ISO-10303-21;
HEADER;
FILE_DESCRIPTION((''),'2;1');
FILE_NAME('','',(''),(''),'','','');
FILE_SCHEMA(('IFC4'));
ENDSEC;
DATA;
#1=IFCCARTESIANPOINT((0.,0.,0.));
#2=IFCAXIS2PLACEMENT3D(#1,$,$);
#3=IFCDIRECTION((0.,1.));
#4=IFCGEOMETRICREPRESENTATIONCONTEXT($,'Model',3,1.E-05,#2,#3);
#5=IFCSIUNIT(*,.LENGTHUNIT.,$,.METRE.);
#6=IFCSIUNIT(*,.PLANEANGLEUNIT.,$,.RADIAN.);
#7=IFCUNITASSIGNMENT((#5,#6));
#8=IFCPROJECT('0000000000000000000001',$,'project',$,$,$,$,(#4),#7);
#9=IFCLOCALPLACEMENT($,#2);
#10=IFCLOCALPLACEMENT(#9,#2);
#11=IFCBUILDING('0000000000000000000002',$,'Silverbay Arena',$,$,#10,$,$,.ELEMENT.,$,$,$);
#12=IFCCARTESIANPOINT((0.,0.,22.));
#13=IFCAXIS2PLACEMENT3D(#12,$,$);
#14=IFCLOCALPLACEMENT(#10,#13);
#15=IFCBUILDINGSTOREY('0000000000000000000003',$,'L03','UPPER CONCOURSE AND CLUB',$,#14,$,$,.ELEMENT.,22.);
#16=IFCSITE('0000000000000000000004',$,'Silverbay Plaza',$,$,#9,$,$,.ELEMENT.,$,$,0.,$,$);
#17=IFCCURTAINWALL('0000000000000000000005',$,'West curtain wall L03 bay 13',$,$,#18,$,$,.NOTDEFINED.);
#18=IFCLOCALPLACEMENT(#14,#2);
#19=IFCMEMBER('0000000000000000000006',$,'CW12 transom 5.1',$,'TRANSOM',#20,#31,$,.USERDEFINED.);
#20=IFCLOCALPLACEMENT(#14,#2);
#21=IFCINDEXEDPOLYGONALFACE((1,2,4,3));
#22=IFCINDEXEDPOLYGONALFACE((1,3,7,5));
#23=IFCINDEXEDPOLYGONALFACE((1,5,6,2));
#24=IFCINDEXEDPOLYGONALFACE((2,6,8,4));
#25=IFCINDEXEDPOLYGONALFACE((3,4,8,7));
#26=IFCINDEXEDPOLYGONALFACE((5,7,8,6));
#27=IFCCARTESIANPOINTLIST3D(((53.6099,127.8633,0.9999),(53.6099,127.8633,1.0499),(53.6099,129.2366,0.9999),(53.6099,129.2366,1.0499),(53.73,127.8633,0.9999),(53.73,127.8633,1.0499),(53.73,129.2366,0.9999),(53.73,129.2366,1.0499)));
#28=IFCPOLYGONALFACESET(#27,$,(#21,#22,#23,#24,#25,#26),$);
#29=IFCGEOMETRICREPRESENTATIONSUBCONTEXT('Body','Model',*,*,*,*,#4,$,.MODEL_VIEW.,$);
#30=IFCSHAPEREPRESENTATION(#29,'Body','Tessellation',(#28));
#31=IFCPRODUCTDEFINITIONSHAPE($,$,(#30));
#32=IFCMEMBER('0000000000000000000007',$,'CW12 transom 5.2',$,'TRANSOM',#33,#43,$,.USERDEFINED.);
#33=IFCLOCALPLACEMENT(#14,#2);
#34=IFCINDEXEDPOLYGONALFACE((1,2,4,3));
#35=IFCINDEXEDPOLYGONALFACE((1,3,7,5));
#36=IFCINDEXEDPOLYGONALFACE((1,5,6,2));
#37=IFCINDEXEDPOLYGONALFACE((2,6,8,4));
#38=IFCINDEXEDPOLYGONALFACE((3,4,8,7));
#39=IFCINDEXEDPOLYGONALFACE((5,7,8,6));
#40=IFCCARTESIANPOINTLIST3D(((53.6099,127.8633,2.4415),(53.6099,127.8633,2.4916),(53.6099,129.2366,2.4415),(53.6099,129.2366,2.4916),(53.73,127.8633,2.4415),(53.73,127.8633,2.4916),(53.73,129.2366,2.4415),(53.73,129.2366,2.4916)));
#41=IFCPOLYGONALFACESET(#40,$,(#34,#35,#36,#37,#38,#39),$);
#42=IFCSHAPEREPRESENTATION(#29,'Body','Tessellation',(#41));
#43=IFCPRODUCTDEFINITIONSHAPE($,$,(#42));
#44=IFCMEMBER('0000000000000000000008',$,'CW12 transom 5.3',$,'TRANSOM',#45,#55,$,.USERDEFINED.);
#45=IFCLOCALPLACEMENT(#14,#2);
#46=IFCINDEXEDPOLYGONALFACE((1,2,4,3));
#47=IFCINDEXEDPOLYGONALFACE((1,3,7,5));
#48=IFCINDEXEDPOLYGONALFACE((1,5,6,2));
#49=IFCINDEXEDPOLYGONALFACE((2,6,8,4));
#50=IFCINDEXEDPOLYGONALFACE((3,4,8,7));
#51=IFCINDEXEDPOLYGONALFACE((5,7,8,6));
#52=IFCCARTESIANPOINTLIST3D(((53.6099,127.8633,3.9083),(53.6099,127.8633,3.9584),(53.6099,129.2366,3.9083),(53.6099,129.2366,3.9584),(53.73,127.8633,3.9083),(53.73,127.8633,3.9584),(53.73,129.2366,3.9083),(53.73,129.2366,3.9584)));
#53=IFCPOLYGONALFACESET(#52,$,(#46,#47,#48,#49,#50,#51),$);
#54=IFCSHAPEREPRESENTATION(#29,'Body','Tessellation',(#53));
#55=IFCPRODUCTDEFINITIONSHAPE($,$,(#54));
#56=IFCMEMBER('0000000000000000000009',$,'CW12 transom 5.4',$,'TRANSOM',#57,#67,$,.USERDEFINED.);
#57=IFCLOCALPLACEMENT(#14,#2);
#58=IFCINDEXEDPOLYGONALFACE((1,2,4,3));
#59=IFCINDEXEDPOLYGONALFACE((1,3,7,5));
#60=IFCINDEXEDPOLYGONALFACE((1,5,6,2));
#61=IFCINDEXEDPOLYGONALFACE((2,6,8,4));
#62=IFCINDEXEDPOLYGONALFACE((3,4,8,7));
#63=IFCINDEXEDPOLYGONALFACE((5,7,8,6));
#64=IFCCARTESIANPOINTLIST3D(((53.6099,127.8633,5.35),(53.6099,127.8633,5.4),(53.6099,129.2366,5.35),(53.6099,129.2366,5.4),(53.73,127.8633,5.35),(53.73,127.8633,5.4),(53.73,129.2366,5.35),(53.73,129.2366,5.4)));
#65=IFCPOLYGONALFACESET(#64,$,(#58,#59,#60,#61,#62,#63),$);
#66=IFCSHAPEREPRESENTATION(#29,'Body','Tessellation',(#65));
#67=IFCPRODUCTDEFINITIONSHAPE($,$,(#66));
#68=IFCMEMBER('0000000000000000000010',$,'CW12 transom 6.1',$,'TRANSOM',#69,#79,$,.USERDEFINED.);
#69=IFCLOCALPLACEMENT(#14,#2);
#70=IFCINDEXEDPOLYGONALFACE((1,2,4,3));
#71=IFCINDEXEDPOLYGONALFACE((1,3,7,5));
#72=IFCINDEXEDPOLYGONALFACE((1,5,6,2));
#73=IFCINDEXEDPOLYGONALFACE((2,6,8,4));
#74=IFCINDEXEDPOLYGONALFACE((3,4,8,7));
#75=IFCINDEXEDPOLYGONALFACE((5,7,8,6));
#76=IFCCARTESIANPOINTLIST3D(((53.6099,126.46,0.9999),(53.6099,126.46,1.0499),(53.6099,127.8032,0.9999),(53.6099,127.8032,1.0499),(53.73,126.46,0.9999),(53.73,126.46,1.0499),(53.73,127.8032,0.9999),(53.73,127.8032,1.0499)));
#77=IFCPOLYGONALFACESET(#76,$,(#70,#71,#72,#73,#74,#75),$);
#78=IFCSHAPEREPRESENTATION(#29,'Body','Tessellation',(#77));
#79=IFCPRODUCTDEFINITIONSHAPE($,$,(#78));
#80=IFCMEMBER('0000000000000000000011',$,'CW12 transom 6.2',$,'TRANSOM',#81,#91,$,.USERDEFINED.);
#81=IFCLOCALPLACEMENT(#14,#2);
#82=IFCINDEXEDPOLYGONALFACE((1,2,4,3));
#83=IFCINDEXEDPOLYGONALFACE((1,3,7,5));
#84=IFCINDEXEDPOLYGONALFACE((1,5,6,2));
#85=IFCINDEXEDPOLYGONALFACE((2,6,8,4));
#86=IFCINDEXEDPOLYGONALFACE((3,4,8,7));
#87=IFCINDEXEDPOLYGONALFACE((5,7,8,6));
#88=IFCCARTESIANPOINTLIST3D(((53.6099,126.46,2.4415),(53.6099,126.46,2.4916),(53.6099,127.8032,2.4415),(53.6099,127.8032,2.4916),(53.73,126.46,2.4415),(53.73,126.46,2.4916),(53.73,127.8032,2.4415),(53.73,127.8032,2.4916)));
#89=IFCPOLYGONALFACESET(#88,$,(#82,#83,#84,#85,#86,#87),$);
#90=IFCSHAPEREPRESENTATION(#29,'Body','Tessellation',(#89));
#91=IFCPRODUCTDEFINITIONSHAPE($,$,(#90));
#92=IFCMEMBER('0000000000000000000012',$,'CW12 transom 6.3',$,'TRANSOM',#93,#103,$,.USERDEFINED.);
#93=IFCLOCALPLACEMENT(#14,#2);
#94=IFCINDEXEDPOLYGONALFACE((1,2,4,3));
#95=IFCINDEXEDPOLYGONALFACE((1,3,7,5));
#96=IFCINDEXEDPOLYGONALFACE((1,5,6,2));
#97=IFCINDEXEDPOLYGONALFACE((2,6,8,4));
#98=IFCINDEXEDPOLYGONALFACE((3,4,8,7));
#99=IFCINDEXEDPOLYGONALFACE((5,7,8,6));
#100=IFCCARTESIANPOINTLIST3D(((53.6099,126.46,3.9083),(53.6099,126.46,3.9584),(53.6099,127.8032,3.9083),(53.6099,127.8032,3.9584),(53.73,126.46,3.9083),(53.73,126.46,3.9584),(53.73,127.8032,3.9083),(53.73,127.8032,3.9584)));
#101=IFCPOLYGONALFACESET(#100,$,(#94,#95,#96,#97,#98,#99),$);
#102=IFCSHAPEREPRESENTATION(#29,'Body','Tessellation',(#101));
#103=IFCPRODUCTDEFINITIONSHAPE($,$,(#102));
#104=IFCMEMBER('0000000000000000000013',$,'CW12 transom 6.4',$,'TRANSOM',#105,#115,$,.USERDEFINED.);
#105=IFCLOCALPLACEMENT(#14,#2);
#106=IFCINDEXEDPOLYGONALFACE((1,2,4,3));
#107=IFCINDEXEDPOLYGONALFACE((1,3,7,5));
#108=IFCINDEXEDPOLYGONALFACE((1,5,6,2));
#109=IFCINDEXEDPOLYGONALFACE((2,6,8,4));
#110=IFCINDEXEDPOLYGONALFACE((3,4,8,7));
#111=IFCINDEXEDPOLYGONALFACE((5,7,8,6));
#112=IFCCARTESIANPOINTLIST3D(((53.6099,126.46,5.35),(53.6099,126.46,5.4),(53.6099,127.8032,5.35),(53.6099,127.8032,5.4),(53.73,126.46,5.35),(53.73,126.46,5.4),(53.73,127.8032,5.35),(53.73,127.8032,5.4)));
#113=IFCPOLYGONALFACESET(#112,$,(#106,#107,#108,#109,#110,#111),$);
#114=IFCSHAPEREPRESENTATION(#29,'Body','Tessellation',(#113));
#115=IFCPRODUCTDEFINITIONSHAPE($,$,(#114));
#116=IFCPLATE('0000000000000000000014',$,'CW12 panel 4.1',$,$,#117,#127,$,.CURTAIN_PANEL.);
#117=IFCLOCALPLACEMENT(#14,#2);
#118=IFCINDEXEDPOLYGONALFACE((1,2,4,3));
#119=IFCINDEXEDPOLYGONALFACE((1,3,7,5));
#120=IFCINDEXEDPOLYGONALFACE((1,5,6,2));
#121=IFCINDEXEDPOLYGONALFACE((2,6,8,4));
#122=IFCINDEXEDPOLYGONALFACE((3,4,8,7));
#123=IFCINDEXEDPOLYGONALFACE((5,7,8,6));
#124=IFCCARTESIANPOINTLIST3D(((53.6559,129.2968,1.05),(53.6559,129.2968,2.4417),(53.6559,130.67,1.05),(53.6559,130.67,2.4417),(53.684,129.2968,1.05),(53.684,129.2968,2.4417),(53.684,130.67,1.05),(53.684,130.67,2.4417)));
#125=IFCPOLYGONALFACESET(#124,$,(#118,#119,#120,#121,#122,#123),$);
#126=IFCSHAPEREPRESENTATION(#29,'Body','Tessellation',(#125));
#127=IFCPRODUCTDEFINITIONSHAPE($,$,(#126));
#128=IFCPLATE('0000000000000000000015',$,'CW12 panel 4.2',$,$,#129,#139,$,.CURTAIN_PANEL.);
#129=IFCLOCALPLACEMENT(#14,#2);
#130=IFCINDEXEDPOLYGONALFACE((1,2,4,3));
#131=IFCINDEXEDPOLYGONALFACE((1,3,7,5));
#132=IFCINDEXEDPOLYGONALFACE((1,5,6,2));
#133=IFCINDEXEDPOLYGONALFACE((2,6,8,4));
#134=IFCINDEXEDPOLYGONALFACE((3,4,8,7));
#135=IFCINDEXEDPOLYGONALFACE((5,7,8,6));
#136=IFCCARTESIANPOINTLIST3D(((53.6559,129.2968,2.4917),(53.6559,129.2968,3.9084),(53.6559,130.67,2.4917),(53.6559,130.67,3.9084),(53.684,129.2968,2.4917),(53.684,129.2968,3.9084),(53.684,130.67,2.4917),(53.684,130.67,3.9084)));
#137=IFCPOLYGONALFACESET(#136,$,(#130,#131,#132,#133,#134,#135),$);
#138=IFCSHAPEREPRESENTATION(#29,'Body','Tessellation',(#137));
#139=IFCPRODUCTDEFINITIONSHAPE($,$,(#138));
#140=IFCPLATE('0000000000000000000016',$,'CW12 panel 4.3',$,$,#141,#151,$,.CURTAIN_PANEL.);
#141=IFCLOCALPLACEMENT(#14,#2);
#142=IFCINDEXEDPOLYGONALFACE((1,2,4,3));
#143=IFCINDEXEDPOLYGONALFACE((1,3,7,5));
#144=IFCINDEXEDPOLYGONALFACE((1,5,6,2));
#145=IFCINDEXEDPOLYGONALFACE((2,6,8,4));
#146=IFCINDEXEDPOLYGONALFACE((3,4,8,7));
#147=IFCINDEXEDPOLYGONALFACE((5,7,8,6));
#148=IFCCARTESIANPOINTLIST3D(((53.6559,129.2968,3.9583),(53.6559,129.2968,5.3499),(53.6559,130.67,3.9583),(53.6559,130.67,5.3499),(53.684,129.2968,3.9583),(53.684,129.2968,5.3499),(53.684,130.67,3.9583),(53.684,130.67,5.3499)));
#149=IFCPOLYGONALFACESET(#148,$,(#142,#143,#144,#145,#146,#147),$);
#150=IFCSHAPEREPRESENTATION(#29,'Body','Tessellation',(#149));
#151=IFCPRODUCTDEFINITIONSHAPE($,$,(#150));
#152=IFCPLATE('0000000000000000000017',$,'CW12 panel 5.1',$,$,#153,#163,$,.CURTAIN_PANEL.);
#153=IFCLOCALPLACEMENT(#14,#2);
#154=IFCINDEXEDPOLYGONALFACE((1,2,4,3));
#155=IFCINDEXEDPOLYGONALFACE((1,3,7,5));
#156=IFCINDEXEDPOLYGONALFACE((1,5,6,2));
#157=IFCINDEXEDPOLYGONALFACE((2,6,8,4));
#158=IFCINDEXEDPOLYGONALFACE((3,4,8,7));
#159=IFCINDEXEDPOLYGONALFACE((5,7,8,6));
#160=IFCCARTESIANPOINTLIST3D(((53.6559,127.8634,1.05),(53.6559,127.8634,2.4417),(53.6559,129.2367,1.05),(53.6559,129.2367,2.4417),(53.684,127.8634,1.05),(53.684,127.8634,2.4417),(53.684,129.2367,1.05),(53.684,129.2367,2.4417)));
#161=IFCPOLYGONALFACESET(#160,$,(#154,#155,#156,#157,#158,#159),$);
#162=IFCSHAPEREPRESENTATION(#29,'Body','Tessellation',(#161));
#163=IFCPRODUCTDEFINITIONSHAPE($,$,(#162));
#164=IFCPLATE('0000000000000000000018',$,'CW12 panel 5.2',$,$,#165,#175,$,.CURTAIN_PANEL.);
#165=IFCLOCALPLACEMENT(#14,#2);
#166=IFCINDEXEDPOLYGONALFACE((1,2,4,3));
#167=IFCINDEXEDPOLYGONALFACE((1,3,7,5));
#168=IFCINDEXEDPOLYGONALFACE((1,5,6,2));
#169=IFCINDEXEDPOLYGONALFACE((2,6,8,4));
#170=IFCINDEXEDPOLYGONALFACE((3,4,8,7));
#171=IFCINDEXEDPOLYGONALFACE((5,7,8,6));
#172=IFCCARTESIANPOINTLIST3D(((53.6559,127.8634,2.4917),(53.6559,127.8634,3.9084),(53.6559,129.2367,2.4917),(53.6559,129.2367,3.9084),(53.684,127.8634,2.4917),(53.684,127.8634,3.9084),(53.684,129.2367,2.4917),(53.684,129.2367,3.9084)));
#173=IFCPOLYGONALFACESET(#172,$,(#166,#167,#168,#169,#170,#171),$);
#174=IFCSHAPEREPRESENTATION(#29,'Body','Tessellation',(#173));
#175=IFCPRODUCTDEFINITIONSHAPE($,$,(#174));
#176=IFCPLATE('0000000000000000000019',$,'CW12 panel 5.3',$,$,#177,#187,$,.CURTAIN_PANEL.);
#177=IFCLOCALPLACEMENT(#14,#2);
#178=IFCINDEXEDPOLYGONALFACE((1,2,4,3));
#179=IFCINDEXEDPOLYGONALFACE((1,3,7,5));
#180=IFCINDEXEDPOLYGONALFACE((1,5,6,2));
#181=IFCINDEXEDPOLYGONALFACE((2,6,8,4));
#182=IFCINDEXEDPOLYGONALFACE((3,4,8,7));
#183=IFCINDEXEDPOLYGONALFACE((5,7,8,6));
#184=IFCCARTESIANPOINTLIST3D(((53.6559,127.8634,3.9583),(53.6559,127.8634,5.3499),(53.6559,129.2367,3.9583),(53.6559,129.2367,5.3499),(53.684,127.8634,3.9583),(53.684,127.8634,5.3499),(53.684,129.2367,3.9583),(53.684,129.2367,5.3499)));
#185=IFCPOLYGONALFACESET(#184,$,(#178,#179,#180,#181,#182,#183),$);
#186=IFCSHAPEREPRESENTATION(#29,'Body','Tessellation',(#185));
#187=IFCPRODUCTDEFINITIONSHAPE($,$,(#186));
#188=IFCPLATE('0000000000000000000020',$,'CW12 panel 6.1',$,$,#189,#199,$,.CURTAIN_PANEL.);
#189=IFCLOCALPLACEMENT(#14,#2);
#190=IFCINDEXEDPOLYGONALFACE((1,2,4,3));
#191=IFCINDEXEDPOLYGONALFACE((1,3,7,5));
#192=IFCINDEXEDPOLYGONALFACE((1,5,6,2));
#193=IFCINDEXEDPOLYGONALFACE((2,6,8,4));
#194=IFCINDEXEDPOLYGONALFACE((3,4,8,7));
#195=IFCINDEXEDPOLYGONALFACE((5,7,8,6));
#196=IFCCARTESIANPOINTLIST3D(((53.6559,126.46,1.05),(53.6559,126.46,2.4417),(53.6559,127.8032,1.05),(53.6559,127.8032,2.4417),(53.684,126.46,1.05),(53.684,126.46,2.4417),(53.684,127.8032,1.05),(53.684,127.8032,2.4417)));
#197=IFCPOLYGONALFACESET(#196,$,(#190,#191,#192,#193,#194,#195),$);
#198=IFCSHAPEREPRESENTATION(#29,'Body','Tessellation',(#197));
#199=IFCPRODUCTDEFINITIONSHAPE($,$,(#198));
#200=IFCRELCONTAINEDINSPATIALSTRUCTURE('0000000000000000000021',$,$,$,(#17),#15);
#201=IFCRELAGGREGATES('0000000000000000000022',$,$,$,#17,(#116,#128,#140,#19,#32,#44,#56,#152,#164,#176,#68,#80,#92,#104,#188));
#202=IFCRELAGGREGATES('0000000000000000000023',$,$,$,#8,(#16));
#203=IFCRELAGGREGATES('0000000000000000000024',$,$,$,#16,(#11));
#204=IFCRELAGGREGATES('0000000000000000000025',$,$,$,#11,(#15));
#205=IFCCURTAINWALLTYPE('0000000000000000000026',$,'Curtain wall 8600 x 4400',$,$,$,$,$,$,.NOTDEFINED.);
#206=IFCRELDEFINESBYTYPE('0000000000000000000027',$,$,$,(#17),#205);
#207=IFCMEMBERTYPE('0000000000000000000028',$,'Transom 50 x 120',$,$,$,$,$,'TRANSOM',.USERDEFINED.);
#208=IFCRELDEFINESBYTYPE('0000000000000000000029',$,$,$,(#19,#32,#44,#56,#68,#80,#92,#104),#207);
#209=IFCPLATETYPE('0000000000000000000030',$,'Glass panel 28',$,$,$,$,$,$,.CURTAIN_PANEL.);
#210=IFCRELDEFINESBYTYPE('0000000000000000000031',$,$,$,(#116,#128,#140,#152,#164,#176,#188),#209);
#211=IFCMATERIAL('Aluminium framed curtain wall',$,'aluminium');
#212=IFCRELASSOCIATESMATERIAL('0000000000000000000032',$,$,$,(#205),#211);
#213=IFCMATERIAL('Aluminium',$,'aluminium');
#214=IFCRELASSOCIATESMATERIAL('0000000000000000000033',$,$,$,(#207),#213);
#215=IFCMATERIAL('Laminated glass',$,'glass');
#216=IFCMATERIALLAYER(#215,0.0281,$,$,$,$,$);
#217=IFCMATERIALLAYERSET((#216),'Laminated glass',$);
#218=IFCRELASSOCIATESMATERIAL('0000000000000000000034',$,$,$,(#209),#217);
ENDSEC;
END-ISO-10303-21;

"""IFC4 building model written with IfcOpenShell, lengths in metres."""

from ifc_helpers import new_model, si_unit, direction, frame, origin, origin_2d, place, context, subcontext, project, spatial, rectangle, extrude, material, layer, layer_set, material_profile, profile_set, type_object, element, aggregate, save


model = new_model("IFC4")

# Units and contexts
model_context = context("Model", 3, precision=1e-05, world=origin(), true_north=direction((0.0, 1.0)))
body_context = subcontext(model_context, "Body", "Model", "MODEL_VIEW")
ifc_project = project(units=[si_unit("LENGTHUNIT", "METRE"), si_unit("PLANEANGLEUNIT", "RADIAN")], contexts=[model_context])

# Site, building, storey
site_placement = place(None, origin())
site = spatial("IfcSite", under=ifc_project, at=site_placement, Name="Silverbay Plaza", CompositionType="ELEMENT", RefElevation=0.0)
building_placement = place(site_placement, origin())
building = spatial("IfcBuilding", under=site, at=building_placement, Name="Silverbay Arena", CompositionType="ELEMENT")
storey_placement = place(building_placement, frame((0.0, 0.0, 22.0)))
storey = spatial("IfcBuildingStorey", under=building, at=storey_placement, Name="L03", Description="UPPER CONCOURSE AND CLUB", CompositionType="ELEMENT", Elevation=22.0)

# Curtain wall
ifc_material_1 = material(Name="Aluminium framed curtain wall", Category="aluminium")
curtain_wall_type = type_object("IfcCurtainWallType", Name="Curtain wall 8600 x 4400", PredefinedType="NOTDEFINED", material=ifc_material_1)
curtain_wall_placement = place(storey_placement, origin())
curtain_wall = element("IfcCurtainWall", 1, at=curtain_wall_placement, inside=storey, type_object=curtain_wall_type, Name="West curtain wall L03 bay 13", PredefinedType="NOTDEFINED")

# Members
ifc_material_2 = material(Name="Aluminium", Category="aluminium")
ifc_material_profile_1 = material_profile(ifc_material_2, rectangle(XDim=0.1201, YDim=0.05, at=origin_2d()), Name="Transom 50 x 120")
ifc_profile_set_1 = profile_set([ifc_material_profile_1], Name="Aluminium")
member_type_1 = type_object("IfcMemberType", Name="Transom 50 x 120", ElementType="TRANSOM", PredefinedType="USERDEFINED", material=ifc_profile_set_1)
member_1_placement = place(storey_placement, frame((53.6699, 129.2366, 1.0249), z_axis=(0.0, -1.0, 0.0), x_axis=(1.0, 0.0, 0.0)))
member_1 = element("IfcMember", 2, at=member_1_placement, type_object=member_type_1, Name="CW12 transom 5.1", ObjectType="TRANSOM", PredefinedType="USERDEFINED", context=body_context, shape_type="SweptSolid", body=[
    extrude(rectangle(XDim=0.1201, YDim=0.05, at=origin_2d()), origin(), (0.0, 0.0, 1.0), 1.3733),
])
member_2_placement = place(storey_placement, frame((53.6699, 129.2366, 2.4666), z_axis=(0.0, -1.0, 0.0), x_axis=(1.0, 0.0, 0.0)))
member_2 = element("IfcMember", 3, at=member_2_placement, type_object=member_type_1, Name="CW12 transom 5.2", ObjectType="TRANSOM", PredefinedType="USERDEFINED", context=body_context, shape_type="SweptSolid", body=[
    extrude(rectangle(XDim=0.1201, YDim=0.05, at=origin_2d()), origin(), (0.0, 0.0, 1.0), 1.3733),
])
member_3_placement = place(storey_placement, frame((53.6699, 129.2366, 3.9333), z_axis=(0.0, -1.0, 0.0), x_axis=(1.0, 0.0, 0.0)))
member_3 = element("IfcMember", 4, at=member_3_placement, type_object=member_type_1, Name="CW12 transom 5.3", ObjectType="TRANSOM", PredefinedType="USERDEFINED", context=body_context, shape_type="SweptSolid", body=[
    extrude(rectangle(XDim=0.1201, YDim=0.05, at=origin_2d()), origin(), (0.0, 0.0, 1.0), 1.3733),
])
member_4_placement = place(storey_placement, frame((53.6699, 129.2366, 5.375), z_axis=(0.0, -1.0, 0.0), x_axis=(1.0, 0.0, 0.0)))
member_4 = element("IfcMember", 5, at=member_4_placement, type_object=member_type_1, Name="CW12 transom 5.4", ObjectType="TRANSOM", PredefinedType="USERDEFINED", context=body_context, shape_type="SweptSolid", body=[
    extrude(rectangle(XDim=0.1201, YDim=0.05, at=origin_2d()), origin(), (0.0, 0.0, 1.0), 1.3733),
])
member_5_placement = place(storey_placement, frame((53.6699, 127.8032, 1.0249), z_axis=(0.0, -1.0, 0.0), x_axis=(1.0, 0.0, 0.0)))
member_5 = element("IfcMember", 6, at=member_5_placement, type_object=member_type_1, Name="CW12 transom 6.1", ObjectType="TRANSOM", PredefinedType="USERDEFINED", context=body_context, shape_type="SweptSolid", body=[
    extrude(rectangle(XDim=0.1201, YDim=0.05, at=origin_2d()), origin(), (0.0, 0.0, 1.0), 1.3433),
])
member_6_placement = place(storey_placement, frame((53.6699, 127.8032, 2.4666), z_axis=(0.0, -1.0, 0.0), x_axis=(1.0, 0.0, 0.0)))
member_6 = element("IfcMember", 7, at=member_6_placement, type_object=member_type_1, Name="CW12 transom 6.2", ObjectType="TRANSOM", PredefinedType="USERDEFINED", context=body_context, shape_type="SweptSolid", body=[
    extrude(rectangle(XDim=0.1201, YDim=0.05, at=origin_2d()), origin(), (0.0, 0.0, 1.0), 1.3433),
])
member_7_placement = place(storey_placement, frame((53.6699, 127.8032, 3.9333), z_axis=(0.0, -1.0, 0.0), x_axis=(1.0, 0.0, 0.0)))
member_7 = element("IfcMember", 8, at=member_7_placement, type_object=member_type_1, Name="CW12 transom 6.3", ObjectType="TRANSOM", PredefinedType="USERDEFINED", context=body_context, shape_type="SweptSolid", body=[
    extrude(rectangle(XDim=0.1201, YDim=0.05, at=origin_2d()), origin(), (0.0, 0.0, 1.0), 1.3433),
])
member_8_placement = place(storey_placement, frame((53.6699, 127.8032, 5.375), z_axis=(0.0, -1.0, 0.0), x_axis=(1.0, 0.0, 0.0)))
member_8 = element("IfcMember", 9, at=member_8_placement, type_object=member_type_1, Name="CW12 transom 6.4", ObjectType="TRANSOM", PredefinedType="USERDEFINED", context=body_context, shape_type="SweptSolid", body=[
    extrude(rectangle(XDim=0.1201, YDim=0.05, at=origin_2d()), origin(), (0.0, 0.0, 1.0), 1.3433),
])

# Plates
ifc_material_3 = material(Name="Laminated glass", Category="glass")
ifc_layer_1 = layer(ifc_material_3, 0.0281)
ifc_layer_set_1 = layer_set([ifc_layer_1], Name="Laminated glass")
plate_type = type_object("IfcPlateType", Name="Glass panel 28", PredefinedType="CURTAIN_PANEL", material=ifc_layer_set_1)
plate_1_placement = place(storey_placement, frame((53.6699, 129.9834, 1.05), z_axis=(0.0, 0.0, 1.0), x_axis=(0.0, -1.0, 0.0)))
plate_1 = element("IfcPlate", 10, at=plate_1_placement, type_object=plate_type, Name="CW12 panel 4.1", PredefinedType="CURTAIN_PANEL", context=body_context, shape_type="SweptSolid", body=[
    extrude(rectangle(XDim=1.3733, YDim=0.0281, at=origin_2d()), origin(), (0.0, 0.0, 1.0), 1.3916),
])
plate_2_placement = place(storey_placement, frame((53.6699, 129.9834, 2.4917), z_axis=(0.0, 0.0, 1.0), x_axis=(0.0, -1.0, 0.0)))
plate_2 = element("IfcPlate", 11, at=plate_2_placement, type_object=plate_type, Name="CW12 panel 4.2", PredefinedType="CURTAIN_PANEL", context=body_context, shape_type="SweptSolid", body=[
    extrude(rectangle(XDim=1.3733, YDim=0.0281, at=origin_2d()), origin(), (0.0, 0.0, 1.0), 1.4167),
])
plate_3_placement = place(storey_placement, frame((53.6699, 129.9834, 3.9583), z_axis=(0.0, 0.0, 1.0), x_axis=(0.0, -1.0, 0.0)))
plate_3 = element("IfcPlate", 12, at=plate_3_placement, type_object=plate_type, Name="CW12 panel 4.3", PredefinedType="CURTAIN_PANEL", context=body_context, shape_type="SweptSolid", body=[
    extrude(rectangle(XDim=1.3733, YDim=0.0281, at=origin_2d()), origin(), (0.0, 0.0, 1.0), 1.3916),
])
plate_4_placement = place(storey_placement, frame((53.6699, 128.55, 1.05), z_axis=(0.0, 0.0, 1.0), x_axis=(0.0, -1.0, 0.0)))
plate_4 = element("IfcPlate", 13, at=plate_4_placement, type_object=plate_type, Name="CW12 panel 5.1", PredefinedType="CURTAIN_PANEL", context=body_context, shape_type="SweptSolid", body=[
    extrude(rectangle(XDim=1.3733, YDim=0.0281, at=origin_2d()), origin(), (0.0, 0.0, 1.0), 1.3916),
])
plate_5_placement = place(storey_placement, frame((53.6699, 128.55, 2.4917), z_axis=(0.0, 0.0, 1.0), x_axis=(0.0, -1.0, 0.0)))
plate_5 = element("IfcPlate", 14, at=plate_5_placement, type_object=plate_type, Name="CW12 panel 5.2", PredefinedType="CURTAIN_PANEL", context=body_context, shape_type="SweptSolid", body=[
    extrude(rectangle(XDim=1.3733, YDim=0.0281, at=origin_2d()), origin(), (0.0, 0.0, 1.0), 1.4167),
])
plate_6_placement = place(storey_placement, frame((53.6699, 128.55, 3.9583), z_axis=(0.0, 0.0, 1.0), x_axis=(0.0, -1.0, 0.0)))
plate_6 = element("IfcPlate", 15, at=plate_6_placement, type_object=plate_type, Name="CW12 panel 5.3", PredefinedType="CURTAIN_PANEL", context=body_context, shape_type="SweptSolid", body=[
    extrude(rectangle(XDim=1.3733, YDim=0.0281, at=origin_2d()), origin(), (0.0, 0.0, 1.0), 1.3916),
])
plate_7_placement = place(storey_placement, frame((53.6699, 127.1316, 1.05), z_axis=(0.0, 0.0, 1.0), x_axis=(0.0, -1.0, 0.0)))
plate_7 = element("IfcPlate", 16, at=plate_7_placement, type_object=plate_type, Name="CW12 panel 6.1", PredefinedType="CURTAIN_PANEL", context=body_context, shape_type="SweptSolid", body=[
    extrude(rectangle(XDim=1.3433, YDim=0.0281, at=origin_2d()), origin(), (0.0, 0.0, 1.0), 1.3916),
])
aggregate(curtain_wall, [plate_1, plate_2, plate_3, member_1, member_2, member_3, member_4, plate_4, plate_5, plate_6, member_5, member_6, member_7, member_8, plate_7])

save(model, "model.ifc")
